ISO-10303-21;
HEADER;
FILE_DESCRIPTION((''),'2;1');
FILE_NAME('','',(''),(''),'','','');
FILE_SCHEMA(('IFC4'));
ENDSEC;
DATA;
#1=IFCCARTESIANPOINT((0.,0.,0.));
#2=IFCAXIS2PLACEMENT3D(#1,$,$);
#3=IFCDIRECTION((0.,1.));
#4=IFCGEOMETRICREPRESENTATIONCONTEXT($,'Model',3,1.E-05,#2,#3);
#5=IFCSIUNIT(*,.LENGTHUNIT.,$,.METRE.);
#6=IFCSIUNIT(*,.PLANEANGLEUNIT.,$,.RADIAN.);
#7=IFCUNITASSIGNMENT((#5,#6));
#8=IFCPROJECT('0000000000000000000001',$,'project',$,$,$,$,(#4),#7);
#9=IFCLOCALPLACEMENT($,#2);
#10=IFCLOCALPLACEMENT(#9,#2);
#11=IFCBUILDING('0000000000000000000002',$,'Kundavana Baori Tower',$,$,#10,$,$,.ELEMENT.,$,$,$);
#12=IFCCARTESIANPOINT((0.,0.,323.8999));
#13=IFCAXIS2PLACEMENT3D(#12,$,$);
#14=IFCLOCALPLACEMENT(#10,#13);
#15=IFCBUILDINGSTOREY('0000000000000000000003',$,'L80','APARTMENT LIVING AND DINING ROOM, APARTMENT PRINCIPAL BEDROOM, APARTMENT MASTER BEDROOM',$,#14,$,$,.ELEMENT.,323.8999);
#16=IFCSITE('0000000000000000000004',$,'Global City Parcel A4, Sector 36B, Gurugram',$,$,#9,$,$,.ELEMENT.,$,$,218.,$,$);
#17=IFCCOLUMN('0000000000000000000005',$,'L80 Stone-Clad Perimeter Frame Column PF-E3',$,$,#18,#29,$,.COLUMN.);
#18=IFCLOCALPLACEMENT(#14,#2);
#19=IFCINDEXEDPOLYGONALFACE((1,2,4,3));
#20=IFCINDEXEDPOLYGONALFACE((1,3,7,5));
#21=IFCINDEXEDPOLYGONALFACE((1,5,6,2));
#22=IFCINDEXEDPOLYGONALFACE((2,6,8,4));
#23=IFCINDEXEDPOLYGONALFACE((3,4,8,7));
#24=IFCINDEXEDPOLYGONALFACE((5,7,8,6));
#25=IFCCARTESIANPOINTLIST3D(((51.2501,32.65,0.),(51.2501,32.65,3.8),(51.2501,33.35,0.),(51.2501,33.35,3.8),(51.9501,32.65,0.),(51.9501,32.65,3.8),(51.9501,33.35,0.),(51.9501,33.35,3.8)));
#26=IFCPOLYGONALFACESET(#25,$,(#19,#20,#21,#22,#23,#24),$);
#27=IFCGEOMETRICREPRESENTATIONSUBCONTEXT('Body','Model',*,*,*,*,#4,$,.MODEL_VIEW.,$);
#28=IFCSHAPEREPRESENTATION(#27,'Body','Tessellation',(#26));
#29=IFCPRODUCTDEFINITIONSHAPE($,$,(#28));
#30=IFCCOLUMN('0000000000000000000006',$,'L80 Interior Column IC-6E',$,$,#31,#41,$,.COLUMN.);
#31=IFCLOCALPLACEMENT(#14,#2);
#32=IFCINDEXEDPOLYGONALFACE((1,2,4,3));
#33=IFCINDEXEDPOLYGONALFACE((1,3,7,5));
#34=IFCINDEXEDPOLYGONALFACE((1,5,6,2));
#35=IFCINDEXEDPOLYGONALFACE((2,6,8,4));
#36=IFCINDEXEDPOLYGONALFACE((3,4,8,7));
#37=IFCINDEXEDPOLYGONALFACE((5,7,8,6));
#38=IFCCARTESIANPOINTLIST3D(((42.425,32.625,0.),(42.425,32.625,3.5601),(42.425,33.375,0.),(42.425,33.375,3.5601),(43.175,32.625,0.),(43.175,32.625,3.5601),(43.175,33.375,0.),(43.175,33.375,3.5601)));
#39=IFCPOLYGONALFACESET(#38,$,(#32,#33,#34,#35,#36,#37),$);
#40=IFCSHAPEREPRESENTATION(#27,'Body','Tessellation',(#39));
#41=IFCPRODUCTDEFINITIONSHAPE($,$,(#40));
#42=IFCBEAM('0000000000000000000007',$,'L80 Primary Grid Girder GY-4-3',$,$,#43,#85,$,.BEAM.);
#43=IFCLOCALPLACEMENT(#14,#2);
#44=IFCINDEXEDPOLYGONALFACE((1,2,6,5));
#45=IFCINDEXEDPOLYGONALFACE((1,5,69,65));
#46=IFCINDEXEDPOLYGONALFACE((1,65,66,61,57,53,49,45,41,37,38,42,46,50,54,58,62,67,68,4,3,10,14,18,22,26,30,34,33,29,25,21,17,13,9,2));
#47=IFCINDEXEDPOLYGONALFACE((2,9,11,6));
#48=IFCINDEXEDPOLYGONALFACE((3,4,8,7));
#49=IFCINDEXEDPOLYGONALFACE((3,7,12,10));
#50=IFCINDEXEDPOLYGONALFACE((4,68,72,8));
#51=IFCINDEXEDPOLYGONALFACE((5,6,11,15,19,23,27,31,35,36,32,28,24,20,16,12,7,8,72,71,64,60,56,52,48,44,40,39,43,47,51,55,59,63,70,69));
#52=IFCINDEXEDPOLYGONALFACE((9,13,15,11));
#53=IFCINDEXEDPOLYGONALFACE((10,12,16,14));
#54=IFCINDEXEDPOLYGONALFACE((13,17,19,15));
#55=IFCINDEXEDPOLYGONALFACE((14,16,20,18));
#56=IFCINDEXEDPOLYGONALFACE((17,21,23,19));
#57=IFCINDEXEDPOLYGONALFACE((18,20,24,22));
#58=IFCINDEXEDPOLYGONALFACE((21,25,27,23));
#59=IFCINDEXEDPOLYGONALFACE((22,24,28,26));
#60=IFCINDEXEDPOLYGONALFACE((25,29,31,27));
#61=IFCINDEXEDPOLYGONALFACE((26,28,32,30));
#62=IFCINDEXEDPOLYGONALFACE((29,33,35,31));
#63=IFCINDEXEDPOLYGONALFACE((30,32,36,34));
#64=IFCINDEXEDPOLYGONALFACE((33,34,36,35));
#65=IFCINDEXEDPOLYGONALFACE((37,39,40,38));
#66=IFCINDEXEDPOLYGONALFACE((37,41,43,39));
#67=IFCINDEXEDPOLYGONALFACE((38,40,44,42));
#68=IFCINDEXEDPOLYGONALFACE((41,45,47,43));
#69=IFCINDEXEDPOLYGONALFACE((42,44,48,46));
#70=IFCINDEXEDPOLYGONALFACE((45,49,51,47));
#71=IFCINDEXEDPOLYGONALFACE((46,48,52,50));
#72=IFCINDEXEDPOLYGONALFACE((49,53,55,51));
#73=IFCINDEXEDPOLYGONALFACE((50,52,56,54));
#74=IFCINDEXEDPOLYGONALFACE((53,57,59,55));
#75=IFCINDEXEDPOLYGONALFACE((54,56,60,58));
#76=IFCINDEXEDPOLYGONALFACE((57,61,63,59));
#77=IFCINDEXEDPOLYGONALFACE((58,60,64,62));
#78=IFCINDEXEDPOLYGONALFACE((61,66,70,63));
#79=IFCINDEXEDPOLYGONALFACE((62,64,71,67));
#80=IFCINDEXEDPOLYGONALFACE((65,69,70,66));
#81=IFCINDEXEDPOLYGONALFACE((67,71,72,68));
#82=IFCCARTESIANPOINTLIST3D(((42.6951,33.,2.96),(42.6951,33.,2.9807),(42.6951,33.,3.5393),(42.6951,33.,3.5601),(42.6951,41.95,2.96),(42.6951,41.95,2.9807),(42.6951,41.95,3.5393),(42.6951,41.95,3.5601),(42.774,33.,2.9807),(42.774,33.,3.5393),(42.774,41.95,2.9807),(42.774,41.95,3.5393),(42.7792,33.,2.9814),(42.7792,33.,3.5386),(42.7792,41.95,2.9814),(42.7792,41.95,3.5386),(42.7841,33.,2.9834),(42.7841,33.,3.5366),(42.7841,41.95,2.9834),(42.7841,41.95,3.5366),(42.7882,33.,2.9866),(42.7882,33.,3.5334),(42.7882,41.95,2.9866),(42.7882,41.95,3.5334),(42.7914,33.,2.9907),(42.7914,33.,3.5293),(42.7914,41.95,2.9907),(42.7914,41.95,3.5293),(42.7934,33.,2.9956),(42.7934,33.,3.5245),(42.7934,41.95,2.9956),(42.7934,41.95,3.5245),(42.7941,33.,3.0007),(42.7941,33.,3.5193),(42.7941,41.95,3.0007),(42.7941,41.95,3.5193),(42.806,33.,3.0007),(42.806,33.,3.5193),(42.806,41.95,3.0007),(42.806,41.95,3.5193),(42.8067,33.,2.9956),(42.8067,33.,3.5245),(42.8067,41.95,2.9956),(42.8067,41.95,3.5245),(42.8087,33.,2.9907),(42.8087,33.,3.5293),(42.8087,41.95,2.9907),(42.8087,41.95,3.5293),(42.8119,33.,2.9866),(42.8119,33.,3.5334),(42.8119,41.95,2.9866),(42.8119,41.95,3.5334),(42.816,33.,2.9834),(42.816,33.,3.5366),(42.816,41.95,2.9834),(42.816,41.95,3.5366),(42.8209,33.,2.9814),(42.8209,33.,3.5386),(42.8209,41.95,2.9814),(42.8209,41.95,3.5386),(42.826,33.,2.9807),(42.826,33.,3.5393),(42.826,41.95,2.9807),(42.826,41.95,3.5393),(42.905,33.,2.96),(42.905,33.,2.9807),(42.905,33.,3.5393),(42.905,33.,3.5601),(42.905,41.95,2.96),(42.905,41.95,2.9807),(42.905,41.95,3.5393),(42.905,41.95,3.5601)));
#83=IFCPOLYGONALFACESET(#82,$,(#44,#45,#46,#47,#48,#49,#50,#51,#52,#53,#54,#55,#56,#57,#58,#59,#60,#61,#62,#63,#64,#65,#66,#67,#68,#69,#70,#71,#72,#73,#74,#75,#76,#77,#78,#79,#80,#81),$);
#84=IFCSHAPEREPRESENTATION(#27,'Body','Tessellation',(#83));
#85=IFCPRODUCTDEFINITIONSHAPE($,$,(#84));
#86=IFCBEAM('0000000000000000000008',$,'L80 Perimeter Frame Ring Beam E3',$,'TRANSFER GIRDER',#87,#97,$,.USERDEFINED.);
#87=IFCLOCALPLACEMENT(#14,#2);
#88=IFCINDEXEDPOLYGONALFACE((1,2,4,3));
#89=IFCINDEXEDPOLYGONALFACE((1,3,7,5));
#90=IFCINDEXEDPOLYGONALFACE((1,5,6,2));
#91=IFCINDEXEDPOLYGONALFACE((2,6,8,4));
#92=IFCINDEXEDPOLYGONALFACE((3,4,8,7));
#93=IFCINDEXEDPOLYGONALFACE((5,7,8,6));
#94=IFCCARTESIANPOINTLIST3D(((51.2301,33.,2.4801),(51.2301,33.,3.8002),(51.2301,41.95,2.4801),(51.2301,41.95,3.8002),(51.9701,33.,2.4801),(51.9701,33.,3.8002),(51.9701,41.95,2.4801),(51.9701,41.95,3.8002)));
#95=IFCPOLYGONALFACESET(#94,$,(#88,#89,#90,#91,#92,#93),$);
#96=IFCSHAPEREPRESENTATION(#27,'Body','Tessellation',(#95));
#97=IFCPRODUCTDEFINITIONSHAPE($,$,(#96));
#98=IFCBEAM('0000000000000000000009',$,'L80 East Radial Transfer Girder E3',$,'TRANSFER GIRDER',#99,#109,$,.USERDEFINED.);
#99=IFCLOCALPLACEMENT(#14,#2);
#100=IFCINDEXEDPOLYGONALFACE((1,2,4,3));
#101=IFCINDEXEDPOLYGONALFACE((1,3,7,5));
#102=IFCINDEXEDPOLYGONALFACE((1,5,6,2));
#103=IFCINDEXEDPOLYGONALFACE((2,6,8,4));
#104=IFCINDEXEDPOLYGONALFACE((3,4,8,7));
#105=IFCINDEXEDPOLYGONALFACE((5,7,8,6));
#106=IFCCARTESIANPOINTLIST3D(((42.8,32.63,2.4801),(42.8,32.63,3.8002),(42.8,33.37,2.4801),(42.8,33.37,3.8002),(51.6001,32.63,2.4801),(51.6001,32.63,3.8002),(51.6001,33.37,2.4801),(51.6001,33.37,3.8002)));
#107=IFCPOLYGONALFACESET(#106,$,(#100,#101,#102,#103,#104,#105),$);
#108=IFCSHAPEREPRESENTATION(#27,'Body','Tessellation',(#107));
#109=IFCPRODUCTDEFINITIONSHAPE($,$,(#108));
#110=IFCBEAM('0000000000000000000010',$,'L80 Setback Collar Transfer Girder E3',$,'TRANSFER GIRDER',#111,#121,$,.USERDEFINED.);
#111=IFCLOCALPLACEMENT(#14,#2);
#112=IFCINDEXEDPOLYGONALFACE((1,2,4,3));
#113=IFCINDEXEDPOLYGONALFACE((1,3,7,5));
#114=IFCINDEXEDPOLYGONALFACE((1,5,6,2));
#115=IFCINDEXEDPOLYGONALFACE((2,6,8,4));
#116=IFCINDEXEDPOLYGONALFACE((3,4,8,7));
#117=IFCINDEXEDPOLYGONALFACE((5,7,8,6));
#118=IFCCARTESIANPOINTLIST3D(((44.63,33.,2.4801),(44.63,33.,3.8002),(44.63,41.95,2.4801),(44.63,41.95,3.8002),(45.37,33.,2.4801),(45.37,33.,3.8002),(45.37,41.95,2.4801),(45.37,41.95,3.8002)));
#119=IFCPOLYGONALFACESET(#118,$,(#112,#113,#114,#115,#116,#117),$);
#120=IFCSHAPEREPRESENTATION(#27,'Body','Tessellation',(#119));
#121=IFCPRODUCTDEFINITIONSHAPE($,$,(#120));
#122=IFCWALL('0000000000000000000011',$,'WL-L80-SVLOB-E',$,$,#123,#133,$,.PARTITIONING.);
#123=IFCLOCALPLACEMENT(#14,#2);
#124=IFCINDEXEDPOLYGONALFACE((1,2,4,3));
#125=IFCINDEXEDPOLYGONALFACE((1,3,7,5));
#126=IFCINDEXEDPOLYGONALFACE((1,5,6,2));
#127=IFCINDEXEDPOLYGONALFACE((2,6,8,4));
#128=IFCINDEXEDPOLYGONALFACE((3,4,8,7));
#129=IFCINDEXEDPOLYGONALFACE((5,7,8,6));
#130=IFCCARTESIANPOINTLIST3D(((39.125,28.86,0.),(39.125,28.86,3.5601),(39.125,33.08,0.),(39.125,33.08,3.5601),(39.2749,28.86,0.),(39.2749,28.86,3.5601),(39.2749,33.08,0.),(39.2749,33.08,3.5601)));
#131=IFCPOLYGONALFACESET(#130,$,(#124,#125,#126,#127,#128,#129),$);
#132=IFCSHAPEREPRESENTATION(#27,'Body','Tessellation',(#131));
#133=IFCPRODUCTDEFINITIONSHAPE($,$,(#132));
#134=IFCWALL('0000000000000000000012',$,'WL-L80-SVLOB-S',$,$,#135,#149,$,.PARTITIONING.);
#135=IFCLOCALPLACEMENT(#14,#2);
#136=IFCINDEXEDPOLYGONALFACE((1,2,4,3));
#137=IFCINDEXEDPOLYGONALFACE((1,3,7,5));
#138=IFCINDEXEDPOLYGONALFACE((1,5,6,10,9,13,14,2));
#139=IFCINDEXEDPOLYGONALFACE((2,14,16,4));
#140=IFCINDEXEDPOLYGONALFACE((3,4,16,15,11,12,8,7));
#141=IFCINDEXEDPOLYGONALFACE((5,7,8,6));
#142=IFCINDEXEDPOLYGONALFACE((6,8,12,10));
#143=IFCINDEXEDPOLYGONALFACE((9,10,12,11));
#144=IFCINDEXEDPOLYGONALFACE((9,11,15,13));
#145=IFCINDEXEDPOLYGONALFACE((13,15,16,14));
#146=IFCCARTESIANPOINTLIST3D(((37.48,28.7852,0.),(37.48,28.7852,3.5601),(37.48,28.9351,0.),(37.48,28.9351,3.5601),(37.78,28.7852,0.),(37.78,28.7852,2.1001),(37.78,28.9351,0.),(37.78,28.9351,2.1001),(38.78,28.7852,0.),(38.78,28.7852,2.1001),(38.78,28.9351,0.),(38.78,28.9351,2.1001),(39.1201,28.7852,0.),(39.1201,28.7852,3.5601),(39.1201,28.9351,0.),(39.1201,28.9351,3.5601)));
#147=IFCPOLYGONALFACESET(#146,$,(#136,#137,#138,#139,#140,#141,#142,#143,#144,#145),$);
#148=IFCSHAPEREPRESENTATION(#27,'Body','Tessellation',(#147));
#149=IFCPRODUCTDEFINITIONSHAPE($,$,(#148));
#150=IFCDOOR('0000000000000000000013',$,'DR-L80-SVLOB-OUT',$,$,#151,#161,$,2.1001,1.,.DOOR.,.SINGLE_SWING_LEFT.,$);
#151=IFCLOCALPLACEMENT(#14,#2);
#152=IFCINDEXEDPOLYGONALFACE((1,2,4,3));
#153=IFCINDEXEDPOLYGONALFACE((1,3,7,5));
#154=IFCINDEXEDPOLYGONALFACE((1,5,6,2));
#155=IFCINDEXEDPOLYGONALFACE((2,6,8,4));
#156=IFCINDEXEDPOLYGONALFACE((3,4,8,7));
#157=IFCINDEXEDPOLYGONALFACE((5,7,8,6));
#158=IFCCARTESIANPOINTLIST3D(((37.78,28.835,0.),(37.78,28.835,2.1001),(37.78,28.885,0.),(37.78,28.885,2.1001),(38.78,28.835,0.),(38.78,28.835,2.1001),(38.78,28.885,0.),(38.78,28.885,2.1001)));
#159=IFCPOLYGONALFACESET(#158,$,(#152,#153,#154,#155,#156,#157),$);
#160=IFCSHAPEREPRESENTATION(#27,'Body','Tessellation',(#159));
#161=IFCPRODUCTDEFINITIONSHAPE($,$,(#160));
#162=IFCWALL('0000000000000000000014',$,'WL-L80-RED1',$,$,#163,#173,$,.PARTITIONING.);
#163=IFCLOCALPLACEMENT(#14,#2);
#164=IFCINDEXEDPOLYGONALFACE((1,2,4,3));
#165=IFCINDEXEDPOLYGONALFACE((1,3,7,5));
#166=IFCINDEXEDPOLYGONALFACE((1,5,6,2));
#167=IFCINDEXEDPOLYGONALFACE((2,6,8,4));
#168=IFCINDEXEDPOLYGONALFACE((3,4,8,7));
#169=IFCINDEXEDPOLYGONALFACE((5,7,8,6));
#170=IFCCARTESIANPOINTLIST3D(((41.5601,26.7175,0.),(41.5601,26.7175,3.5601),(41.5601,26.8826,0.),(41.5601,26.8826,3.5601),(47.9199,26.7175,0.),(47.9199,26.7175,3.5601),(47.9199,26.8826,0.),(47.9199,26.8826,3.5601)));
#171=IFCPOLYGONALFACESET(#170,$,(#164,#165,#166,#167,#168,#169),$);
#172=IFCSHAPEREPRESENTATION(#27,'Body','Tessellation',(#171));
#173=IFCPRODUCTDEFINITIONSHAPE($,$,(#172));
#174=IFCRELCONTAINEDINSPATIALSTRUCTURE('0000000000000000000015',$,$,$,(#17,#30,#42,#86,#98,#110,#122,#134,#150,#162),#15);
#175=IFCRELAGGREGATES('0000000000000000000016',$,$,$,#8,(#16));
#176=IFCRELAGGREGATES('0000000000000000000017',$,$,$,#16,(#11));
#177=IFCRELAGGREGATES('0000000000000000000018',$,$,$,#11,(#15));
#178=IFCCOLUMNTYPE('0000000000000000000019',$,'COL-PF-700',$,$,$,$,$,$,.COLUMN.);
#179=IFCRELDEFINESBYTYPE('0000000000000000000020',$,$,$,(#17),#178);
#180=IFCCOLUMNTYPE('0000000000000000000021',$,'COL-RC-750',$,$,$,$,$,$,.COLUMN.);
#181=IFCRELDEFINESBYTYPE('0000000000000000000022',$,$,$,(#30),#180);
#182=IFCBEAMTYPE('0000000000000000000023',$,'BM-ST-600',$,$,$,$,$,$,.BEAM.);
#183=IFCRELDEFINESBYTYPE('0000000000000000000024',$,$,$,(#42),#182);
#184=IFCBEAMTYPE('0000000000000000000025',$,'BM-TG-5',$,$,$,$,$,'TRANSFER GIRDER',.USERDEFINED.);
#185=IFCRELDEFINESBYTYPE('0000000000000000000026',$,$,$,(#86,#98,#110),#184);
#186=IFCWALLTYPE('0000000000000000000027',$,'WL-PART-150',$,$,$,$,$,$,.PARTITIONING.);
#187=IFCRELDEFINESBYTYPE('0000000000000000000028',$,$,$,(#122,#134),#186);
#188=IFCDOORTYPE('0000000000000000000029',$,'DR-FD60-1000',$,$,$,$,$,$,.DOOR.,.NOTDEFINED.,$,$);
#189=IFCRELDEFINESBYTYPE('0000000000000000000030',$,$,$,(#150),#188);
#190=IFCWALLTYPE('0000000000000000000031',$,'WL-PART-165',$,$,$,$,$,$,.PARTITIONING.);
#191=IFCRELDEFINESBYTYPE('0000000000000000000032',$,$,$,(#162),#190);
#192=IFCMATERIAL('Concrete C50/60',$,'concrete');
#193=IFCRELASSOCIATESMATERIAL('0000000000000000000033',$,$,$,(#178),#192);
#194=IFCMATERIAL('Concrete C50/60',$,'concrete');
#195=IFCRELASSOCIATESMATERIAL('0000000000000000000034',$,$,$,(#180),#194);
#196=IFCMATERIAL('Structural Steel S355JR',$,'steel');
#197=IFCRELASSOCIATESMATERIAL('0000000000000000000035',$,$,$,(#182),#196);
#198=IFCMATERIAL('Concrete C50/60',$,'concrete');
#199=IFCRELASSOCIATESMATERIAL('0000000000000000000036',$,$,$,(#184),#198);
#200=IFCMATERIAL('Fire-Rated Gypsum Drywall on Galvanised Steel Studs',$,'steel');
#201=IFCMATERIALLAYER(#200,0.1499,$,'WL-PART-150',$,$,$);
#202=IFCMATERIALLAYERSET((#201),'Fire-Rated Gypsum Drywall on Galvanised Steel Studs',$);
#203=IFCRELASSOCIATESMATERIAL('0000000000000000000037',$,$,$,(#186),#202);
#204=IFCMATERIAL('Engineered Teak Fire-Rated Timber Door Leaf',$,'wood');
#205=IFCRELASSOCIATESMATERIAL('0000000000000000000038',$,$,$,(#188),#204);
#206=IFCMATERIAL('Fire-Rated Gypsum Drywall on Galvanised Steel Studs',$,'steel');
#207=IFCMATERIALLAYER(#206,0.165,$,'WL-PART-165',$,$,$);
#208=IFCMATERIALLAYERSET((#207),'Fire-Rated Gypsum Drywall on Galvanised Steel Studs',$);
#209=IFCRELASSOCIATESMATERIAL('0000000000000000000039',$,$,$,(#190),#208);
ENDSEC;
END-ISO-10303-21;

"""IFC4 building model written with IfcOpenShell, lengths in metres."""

from ifc_helpers import new_model, si_unit, direction, frame, frame_2d, origin, origin_2d, place, context, subcontext, project, spatial, rectangle, i_section, extrude, material, layer, layer_set, material_profile, profile_set, type_object, element, fill, save


model = new_model("IFC4")

# Units and contexts
model_context = context("Model", 3, precision=1e-05, world=origin(), true_north=direction((0.0, 1.0)))
body_context = subcontext(model_context, "Body", "Model", "MODEL_VIEW")
ifc_project = project(units=[si_unit("LENGTHUNIT", "METRE"), si_unit("PLANEANGLEUNIT", "RADIAN")], contexts=[model_context])

# Site, building, storey
site_placement = place(None, origin())
site = spatial("IfcSite", under=ifc_project, at=site_placement, Name="Global City Parcel A4, Sector 36B, Gurugram", CompositionType="ELEMENT", RefElevation=218.0)
building_placement = place(site_placement, origin())
building = spatial("IfcBuilding", under=site, at=building_placement, Name="Kundavana Baori Tower", CompositionType="ELEMENT")
storey_placement = place(building_placement, frame((0.0, 0.0, 323.8999)))
storey = spatial("IfcBuildingStorey", under=building, at=storey_placement, Name="L80", Description="APARTMENT LIVING AND DINING ROOM, APARTMENT PRINCIPAL BEDROOM, APARTMENT MASTER BEDROOM", CompositionType="ELEMENT", Elevation=323.8999)

# Columns
ifc_material_1 = material(Name="Concrete C50/60", Category="concrete")
ifc_material_profile_1 = material_profile(ifc_material_1, rectangle(XDim=0.7, YDim=0.7, at=origin_2d()), Name="RC PF 700x700")
ifc_profile_set_1 = profile_set([ifc_material_profile_1], Name="Concrete C50/60")
column_type_1 = type_object("IfcColumnType", Name="COL-PF-700", PredefinedType="COLUMN", material=ifc_profile_set_1)
column_1_placement = place(storey_placement, frame((51.6001, 33.0, 0.0), z_axis=(0.0, 0.0, 1.0), x_axis=(1.0, 0.0, 0.0)))
element("IfcColumn", 1, at=column_1_placement, inside=storey, type_object=column_type_1, Name="L80 Stone-Clad Perimeter Frame Column PF-E3", PredefinedType="COLUMN", context=body_context, shape_type="SweptSolid", body=[
    extrude(rectangle(XDim=0.7, YDim=0.7, at=origin_2d()), origin(), (0.0, 0.0, 1.0), 3.8),
])
ifc_material_2 = material(Name="Concrete C50/60", Category="concrete")
ifc_material_profile_2 = material_profile(ifc_material_2, rectangle(XDim=0.75, YDim=0.75, at=origin_2d()), Name="RC 750x750")
ifc_profile_set_2 = profile_set([ifc_material_profile_2], Name="Concrete C50/60")
column_type_2 = type_object("IfcColumnType", Name="COL-RC-750", PredefinedType="COLUMN", material=ifc_profile_set_2)
column_2_placement = place(storey_placement, frame((42.8, 33.0, 0.0), z_axis=(0.0, 0.0, 1.0), x_axis=(1.0, 0.0, 0.0)))
element("IfcColumn", 2, at=column_2_placement, inside=storey, type_object=column_type_2, Name="L80 Interior Column IC-6E", PredefinedType="COLUMN", context=body_context, shape_type="SweptSolid", body=[
    extrude(rectangle(XDim=0.75, YDim=0.75, at=origin_2d()), origin(), (0.0, 0.0, 1.0), 3.5601),
])

# Beams
ifc_material_3 = material(Name="Structural Steel S355JR", Category="steel")
ifc_material_profile_3 = material_profile(ifc_material_3, i_section(OverallWidth=0.21, OverallDepth=0.6001, WebThickness=0.012, FlangeThickness=0.0208, FilletRadius=0.02, at=origin_2d()), Name="ISMB 600")
ifc_profile_set_3 = profile_set([ifc_material_profile_3], Name="Structural Steel S355JR")
beam_type_1 = type_object("IfcBeamType", Name="BM-ST-600", PredefinedType="BEAM", material=ifc_profile_set_3)
beam_1_placement = place(storey_placement, frame((42.8, 33.0, 3.26), z_axis=(0.0, 1.0, 0.0), x_axis=(-1.0, 0.0, 0.0)))
element("IfcBeam", 3, at=beam_1_placement, inside=storey, type_object=beam_type_1, Name="L80 Primary Grid Girder GY-4-3", PredefinedType="BEAM", context=body_context, shape_type="SweptSolid", body=[
    extrude(i_section(OverallWidth=0.21, OverallDepth=0.6001, WebThickness=0.012, FlangeThickness=0.0208, FilletRadius=0.02, at=origin_2d()), origin(), (0.0, 0.0, 1.0), 8.95),
])
ifc_material_4 = material(Name="Concrete C50/60", Category="concrete")
ifc_material_profile_4 = material_profile(ifc_material_4, rectangle(XDim=0.74, YDim=1.3201, at=origin_2d()), Name="BM-TG-5")
ifc_profile_set_4 = profile_set([ifc_material_profile_4], Name="Concrete C50/60")
beam_type_2 = type_object("IfcBeamType", Name="BM-TG-5", ElementType="TRANSFER GIRDER", PredefinedType="USERDEFINED", material=ifc_profile_set_4)
beam_2_placement = place(storey_placement, frame((51.6001, 33.0, 3.1401), z_axis=(0.0, 1.0, 0.0), x_axis=(-1.0, 0.0, 0.0)))
element("IfcBeam", 4, at=beam_2_placement, inside=storey, type_object=beam_type_2, Name="L80 Perimeter Frame Ring Beam E3", ObjectType="TRANSFER GIRDER", PredefinedType="USERDEFINED", context=body_context, shape_type="SweptSolid", body=[
    extrude(rectangle(XDim=0.74, YDim=1.3201, at=origin_2d()), origin(), (0.0, 0.0, 1.0), 8.95),
])
beam_3_placement = place(storey_placement, frame((42.8, 33.0, 3.1401), z_axis=(1.0, 0.0, 0.0), x_axis=(0.0, 1.0, 0.0)))
element("IfcBeam", 5, at=beam_3_placement, inside=storey, type_object=beam_type_2, Name="L80 East Radial Transfer Girder E3", ObjectType="TRANSFER GIRDER", PredefinedType="USERDEFINED", context=body_context, shape_type="SweptSolid", body=[
    extrude(rectangle(XDim=0.74, YDim=1.3201, at=origin_2d()), origin(), (0.0, 0.0, 1.0), 8.8),
])
beam_4_placement = place(storey_placement, frame((45.0, 33.0, 3.1401), z_axis=(0.0, 1.0, 0.0), x_axis=(-1.0, 0.0, 0.0)))
element("IfcBeam", 6, at=beam_4_placement, inside=storey, type_object=beam_type_2, Name="L80 Setback Collar Transfer Girder E3", ObjectType="TRANSFER GIRDER", PredefinedType="USERDEFINED", context=body_context, shape_type="SweptSolid", body=[
    extrude(rectangle(XDim=0.74, YDim=1.3201, at=origin_2d()), origin(), (0.0, 0.0, 1.0), 8.95),
])

# Wall
ifc_material_5 = material(Name="Fire-Rated Gypsum Drywall on Galvanised Steel Studs", Category="steel")
ifc_layer_1 = layer(ifc_material_5, 0.1499, Name="WL-PART-150")
ifc_layer_set_1 = layer_set([ifc_layer_1], Name="Fire-Rated Gypsum Drywall on Galvanised Steel Studs")
wall_type_1 = type_object("IfcWallType", Name="WL-PART-150", PredefinedType="PARTITIONING", material=ifc_layer_set_1)
wall_1_placement = place(storey_placement, frame((39.2, 28.8601, 0.0), z_axis=(0.0, 0.0, 1.0), x_axis=(0.0, 1.0, 0.0)))
element("IfcWall", 7, at=wall_1_placement, inside=storey, type_object=wall_type_1, Name="WL-L80-SVLOB-E", PredefinedType="PARTITIONING", context=body_context, shape_type="SweptSolid", body=[
    extrude(rectangle(XDim=4.22, YDim=0.1499, at=frame_2d((2.1099, 0.0))), origin(), (0.0, 0.0, 1.0), 3.5601),
])

# Wall, opening, door
wall_2_placement = place(storey_placement, frame((37.48, 28.8601, 0.0), z_axis=(0.0, 0.0, 1.0), x_axis=(1.0, 0.0, 0.0)))
wall_2 = element("IfcWall", 8, at=wall_2_placement, inside=storey, type_object=wall_type_1, Name="WL-L80-SVLOB-S", PredefinedType="PARTITIONING", context=body_context, shape_type="SweptSolid", body=[
    extrude(rectangle(XDim=1.6401, YDim=0.1499, at=frame_2d((0.8201, 0.0))), origin(), (0.0, 0.0, 1.0), 3.5601),
])
opening_1_placement = place(wall_2_placement, frame((0.3, 0.0, 0.0)))
opening_1 = element("IfcOpeningElement", 9, at=opening_1_placement, cuts=wall_2, PredefinedType="OPENING", context=body_context, shape_type="SweptSolid", body=[
    extrude(rectangle(XDim=1.0, YDim=2.1001, at=frame_2d((0.5, 1.05))), frame((0.0, 0.085, 0.0), z_axis=(0.0, -1.0, 0.0), x_axis=(1.0, 0.0, 0.0)), (0.0, 0.0, 1.0), 0.1699),
])
ifc_material_6 = material(Name="Engineered Teak Fire-Rated Timber Door Leaf", Category="wood")
door_type_1 = type_object("IfcDoorType", Name="DR-FD60-1000", OperationType="NOTDEFINED", PredefinedType="DOOR", material=ifc_material_6)
door_1_placement = place(opening_1_placement, origin())
door_1 = element("IfcDoor", 10, at=door_1_placement, inside=storey, type_object=door_type_1, Name="DR-L80-SVLOB-OUT", OperationType="SINGLE_SWING_LEFT", OverallHeight=2.1001, OverallWidth=1.0, PredefinedType="DOOR", context=body_context, shape_type="SweptSolid", body=[
    extrude(rectangle(XDim=1.0, YDim=2.1001, at=frame_2d((0.5, 1.05))), frame((0.0, 0.0249, 0.0), z_axis=(0.0, -1.0, 0.0), x_axis=(1.0, 0.0, 0.0)), (0.0, 0.0, 1.0), 0.05),
])
fill(opening_1, door_1)

# Wall
ifc_material_7 = material(Name="Fire-Rated Gypsum Drywall on Galvanised Steel Studs", Category="steel")
ifc_layer_2 = layer(ifc_material_7, 0.165, Name="WL-PART-165")
ifc_layer_set_2 = layer_set([ifc_layer_2], Name="Fire-Rated Gypsum Drywall on Galvanised Steel Studs")
wall_type_2 = type_object("IfcWallType", Name="WL-PART-165", PredefinedType="PARTITIONING", material=ifc_layer_set_2)
wall_3_placement = place(storey_placement, frame((41.5601, 26.8, 0.0), z_axis=(0.0, 0.0, 1.0), x_axis=(1.0, 0.0, 0.0)))
element("IfcWall", 11, at=wall_3_placement, inside=storey, type_object=wall_type_2, Name="WL-L80-RED1", PredefinedType="PARTITIONING", context=body_context, shape_type="SweptSolid", body=[
    extrude(rectangle(XDim=6.3599, YDim=0.165, at=frame_2d((3.1799, 0.0))), origin(), (0.0, 0.0, 1.0), 3.5601),
])

save(model, "model.ifc")
